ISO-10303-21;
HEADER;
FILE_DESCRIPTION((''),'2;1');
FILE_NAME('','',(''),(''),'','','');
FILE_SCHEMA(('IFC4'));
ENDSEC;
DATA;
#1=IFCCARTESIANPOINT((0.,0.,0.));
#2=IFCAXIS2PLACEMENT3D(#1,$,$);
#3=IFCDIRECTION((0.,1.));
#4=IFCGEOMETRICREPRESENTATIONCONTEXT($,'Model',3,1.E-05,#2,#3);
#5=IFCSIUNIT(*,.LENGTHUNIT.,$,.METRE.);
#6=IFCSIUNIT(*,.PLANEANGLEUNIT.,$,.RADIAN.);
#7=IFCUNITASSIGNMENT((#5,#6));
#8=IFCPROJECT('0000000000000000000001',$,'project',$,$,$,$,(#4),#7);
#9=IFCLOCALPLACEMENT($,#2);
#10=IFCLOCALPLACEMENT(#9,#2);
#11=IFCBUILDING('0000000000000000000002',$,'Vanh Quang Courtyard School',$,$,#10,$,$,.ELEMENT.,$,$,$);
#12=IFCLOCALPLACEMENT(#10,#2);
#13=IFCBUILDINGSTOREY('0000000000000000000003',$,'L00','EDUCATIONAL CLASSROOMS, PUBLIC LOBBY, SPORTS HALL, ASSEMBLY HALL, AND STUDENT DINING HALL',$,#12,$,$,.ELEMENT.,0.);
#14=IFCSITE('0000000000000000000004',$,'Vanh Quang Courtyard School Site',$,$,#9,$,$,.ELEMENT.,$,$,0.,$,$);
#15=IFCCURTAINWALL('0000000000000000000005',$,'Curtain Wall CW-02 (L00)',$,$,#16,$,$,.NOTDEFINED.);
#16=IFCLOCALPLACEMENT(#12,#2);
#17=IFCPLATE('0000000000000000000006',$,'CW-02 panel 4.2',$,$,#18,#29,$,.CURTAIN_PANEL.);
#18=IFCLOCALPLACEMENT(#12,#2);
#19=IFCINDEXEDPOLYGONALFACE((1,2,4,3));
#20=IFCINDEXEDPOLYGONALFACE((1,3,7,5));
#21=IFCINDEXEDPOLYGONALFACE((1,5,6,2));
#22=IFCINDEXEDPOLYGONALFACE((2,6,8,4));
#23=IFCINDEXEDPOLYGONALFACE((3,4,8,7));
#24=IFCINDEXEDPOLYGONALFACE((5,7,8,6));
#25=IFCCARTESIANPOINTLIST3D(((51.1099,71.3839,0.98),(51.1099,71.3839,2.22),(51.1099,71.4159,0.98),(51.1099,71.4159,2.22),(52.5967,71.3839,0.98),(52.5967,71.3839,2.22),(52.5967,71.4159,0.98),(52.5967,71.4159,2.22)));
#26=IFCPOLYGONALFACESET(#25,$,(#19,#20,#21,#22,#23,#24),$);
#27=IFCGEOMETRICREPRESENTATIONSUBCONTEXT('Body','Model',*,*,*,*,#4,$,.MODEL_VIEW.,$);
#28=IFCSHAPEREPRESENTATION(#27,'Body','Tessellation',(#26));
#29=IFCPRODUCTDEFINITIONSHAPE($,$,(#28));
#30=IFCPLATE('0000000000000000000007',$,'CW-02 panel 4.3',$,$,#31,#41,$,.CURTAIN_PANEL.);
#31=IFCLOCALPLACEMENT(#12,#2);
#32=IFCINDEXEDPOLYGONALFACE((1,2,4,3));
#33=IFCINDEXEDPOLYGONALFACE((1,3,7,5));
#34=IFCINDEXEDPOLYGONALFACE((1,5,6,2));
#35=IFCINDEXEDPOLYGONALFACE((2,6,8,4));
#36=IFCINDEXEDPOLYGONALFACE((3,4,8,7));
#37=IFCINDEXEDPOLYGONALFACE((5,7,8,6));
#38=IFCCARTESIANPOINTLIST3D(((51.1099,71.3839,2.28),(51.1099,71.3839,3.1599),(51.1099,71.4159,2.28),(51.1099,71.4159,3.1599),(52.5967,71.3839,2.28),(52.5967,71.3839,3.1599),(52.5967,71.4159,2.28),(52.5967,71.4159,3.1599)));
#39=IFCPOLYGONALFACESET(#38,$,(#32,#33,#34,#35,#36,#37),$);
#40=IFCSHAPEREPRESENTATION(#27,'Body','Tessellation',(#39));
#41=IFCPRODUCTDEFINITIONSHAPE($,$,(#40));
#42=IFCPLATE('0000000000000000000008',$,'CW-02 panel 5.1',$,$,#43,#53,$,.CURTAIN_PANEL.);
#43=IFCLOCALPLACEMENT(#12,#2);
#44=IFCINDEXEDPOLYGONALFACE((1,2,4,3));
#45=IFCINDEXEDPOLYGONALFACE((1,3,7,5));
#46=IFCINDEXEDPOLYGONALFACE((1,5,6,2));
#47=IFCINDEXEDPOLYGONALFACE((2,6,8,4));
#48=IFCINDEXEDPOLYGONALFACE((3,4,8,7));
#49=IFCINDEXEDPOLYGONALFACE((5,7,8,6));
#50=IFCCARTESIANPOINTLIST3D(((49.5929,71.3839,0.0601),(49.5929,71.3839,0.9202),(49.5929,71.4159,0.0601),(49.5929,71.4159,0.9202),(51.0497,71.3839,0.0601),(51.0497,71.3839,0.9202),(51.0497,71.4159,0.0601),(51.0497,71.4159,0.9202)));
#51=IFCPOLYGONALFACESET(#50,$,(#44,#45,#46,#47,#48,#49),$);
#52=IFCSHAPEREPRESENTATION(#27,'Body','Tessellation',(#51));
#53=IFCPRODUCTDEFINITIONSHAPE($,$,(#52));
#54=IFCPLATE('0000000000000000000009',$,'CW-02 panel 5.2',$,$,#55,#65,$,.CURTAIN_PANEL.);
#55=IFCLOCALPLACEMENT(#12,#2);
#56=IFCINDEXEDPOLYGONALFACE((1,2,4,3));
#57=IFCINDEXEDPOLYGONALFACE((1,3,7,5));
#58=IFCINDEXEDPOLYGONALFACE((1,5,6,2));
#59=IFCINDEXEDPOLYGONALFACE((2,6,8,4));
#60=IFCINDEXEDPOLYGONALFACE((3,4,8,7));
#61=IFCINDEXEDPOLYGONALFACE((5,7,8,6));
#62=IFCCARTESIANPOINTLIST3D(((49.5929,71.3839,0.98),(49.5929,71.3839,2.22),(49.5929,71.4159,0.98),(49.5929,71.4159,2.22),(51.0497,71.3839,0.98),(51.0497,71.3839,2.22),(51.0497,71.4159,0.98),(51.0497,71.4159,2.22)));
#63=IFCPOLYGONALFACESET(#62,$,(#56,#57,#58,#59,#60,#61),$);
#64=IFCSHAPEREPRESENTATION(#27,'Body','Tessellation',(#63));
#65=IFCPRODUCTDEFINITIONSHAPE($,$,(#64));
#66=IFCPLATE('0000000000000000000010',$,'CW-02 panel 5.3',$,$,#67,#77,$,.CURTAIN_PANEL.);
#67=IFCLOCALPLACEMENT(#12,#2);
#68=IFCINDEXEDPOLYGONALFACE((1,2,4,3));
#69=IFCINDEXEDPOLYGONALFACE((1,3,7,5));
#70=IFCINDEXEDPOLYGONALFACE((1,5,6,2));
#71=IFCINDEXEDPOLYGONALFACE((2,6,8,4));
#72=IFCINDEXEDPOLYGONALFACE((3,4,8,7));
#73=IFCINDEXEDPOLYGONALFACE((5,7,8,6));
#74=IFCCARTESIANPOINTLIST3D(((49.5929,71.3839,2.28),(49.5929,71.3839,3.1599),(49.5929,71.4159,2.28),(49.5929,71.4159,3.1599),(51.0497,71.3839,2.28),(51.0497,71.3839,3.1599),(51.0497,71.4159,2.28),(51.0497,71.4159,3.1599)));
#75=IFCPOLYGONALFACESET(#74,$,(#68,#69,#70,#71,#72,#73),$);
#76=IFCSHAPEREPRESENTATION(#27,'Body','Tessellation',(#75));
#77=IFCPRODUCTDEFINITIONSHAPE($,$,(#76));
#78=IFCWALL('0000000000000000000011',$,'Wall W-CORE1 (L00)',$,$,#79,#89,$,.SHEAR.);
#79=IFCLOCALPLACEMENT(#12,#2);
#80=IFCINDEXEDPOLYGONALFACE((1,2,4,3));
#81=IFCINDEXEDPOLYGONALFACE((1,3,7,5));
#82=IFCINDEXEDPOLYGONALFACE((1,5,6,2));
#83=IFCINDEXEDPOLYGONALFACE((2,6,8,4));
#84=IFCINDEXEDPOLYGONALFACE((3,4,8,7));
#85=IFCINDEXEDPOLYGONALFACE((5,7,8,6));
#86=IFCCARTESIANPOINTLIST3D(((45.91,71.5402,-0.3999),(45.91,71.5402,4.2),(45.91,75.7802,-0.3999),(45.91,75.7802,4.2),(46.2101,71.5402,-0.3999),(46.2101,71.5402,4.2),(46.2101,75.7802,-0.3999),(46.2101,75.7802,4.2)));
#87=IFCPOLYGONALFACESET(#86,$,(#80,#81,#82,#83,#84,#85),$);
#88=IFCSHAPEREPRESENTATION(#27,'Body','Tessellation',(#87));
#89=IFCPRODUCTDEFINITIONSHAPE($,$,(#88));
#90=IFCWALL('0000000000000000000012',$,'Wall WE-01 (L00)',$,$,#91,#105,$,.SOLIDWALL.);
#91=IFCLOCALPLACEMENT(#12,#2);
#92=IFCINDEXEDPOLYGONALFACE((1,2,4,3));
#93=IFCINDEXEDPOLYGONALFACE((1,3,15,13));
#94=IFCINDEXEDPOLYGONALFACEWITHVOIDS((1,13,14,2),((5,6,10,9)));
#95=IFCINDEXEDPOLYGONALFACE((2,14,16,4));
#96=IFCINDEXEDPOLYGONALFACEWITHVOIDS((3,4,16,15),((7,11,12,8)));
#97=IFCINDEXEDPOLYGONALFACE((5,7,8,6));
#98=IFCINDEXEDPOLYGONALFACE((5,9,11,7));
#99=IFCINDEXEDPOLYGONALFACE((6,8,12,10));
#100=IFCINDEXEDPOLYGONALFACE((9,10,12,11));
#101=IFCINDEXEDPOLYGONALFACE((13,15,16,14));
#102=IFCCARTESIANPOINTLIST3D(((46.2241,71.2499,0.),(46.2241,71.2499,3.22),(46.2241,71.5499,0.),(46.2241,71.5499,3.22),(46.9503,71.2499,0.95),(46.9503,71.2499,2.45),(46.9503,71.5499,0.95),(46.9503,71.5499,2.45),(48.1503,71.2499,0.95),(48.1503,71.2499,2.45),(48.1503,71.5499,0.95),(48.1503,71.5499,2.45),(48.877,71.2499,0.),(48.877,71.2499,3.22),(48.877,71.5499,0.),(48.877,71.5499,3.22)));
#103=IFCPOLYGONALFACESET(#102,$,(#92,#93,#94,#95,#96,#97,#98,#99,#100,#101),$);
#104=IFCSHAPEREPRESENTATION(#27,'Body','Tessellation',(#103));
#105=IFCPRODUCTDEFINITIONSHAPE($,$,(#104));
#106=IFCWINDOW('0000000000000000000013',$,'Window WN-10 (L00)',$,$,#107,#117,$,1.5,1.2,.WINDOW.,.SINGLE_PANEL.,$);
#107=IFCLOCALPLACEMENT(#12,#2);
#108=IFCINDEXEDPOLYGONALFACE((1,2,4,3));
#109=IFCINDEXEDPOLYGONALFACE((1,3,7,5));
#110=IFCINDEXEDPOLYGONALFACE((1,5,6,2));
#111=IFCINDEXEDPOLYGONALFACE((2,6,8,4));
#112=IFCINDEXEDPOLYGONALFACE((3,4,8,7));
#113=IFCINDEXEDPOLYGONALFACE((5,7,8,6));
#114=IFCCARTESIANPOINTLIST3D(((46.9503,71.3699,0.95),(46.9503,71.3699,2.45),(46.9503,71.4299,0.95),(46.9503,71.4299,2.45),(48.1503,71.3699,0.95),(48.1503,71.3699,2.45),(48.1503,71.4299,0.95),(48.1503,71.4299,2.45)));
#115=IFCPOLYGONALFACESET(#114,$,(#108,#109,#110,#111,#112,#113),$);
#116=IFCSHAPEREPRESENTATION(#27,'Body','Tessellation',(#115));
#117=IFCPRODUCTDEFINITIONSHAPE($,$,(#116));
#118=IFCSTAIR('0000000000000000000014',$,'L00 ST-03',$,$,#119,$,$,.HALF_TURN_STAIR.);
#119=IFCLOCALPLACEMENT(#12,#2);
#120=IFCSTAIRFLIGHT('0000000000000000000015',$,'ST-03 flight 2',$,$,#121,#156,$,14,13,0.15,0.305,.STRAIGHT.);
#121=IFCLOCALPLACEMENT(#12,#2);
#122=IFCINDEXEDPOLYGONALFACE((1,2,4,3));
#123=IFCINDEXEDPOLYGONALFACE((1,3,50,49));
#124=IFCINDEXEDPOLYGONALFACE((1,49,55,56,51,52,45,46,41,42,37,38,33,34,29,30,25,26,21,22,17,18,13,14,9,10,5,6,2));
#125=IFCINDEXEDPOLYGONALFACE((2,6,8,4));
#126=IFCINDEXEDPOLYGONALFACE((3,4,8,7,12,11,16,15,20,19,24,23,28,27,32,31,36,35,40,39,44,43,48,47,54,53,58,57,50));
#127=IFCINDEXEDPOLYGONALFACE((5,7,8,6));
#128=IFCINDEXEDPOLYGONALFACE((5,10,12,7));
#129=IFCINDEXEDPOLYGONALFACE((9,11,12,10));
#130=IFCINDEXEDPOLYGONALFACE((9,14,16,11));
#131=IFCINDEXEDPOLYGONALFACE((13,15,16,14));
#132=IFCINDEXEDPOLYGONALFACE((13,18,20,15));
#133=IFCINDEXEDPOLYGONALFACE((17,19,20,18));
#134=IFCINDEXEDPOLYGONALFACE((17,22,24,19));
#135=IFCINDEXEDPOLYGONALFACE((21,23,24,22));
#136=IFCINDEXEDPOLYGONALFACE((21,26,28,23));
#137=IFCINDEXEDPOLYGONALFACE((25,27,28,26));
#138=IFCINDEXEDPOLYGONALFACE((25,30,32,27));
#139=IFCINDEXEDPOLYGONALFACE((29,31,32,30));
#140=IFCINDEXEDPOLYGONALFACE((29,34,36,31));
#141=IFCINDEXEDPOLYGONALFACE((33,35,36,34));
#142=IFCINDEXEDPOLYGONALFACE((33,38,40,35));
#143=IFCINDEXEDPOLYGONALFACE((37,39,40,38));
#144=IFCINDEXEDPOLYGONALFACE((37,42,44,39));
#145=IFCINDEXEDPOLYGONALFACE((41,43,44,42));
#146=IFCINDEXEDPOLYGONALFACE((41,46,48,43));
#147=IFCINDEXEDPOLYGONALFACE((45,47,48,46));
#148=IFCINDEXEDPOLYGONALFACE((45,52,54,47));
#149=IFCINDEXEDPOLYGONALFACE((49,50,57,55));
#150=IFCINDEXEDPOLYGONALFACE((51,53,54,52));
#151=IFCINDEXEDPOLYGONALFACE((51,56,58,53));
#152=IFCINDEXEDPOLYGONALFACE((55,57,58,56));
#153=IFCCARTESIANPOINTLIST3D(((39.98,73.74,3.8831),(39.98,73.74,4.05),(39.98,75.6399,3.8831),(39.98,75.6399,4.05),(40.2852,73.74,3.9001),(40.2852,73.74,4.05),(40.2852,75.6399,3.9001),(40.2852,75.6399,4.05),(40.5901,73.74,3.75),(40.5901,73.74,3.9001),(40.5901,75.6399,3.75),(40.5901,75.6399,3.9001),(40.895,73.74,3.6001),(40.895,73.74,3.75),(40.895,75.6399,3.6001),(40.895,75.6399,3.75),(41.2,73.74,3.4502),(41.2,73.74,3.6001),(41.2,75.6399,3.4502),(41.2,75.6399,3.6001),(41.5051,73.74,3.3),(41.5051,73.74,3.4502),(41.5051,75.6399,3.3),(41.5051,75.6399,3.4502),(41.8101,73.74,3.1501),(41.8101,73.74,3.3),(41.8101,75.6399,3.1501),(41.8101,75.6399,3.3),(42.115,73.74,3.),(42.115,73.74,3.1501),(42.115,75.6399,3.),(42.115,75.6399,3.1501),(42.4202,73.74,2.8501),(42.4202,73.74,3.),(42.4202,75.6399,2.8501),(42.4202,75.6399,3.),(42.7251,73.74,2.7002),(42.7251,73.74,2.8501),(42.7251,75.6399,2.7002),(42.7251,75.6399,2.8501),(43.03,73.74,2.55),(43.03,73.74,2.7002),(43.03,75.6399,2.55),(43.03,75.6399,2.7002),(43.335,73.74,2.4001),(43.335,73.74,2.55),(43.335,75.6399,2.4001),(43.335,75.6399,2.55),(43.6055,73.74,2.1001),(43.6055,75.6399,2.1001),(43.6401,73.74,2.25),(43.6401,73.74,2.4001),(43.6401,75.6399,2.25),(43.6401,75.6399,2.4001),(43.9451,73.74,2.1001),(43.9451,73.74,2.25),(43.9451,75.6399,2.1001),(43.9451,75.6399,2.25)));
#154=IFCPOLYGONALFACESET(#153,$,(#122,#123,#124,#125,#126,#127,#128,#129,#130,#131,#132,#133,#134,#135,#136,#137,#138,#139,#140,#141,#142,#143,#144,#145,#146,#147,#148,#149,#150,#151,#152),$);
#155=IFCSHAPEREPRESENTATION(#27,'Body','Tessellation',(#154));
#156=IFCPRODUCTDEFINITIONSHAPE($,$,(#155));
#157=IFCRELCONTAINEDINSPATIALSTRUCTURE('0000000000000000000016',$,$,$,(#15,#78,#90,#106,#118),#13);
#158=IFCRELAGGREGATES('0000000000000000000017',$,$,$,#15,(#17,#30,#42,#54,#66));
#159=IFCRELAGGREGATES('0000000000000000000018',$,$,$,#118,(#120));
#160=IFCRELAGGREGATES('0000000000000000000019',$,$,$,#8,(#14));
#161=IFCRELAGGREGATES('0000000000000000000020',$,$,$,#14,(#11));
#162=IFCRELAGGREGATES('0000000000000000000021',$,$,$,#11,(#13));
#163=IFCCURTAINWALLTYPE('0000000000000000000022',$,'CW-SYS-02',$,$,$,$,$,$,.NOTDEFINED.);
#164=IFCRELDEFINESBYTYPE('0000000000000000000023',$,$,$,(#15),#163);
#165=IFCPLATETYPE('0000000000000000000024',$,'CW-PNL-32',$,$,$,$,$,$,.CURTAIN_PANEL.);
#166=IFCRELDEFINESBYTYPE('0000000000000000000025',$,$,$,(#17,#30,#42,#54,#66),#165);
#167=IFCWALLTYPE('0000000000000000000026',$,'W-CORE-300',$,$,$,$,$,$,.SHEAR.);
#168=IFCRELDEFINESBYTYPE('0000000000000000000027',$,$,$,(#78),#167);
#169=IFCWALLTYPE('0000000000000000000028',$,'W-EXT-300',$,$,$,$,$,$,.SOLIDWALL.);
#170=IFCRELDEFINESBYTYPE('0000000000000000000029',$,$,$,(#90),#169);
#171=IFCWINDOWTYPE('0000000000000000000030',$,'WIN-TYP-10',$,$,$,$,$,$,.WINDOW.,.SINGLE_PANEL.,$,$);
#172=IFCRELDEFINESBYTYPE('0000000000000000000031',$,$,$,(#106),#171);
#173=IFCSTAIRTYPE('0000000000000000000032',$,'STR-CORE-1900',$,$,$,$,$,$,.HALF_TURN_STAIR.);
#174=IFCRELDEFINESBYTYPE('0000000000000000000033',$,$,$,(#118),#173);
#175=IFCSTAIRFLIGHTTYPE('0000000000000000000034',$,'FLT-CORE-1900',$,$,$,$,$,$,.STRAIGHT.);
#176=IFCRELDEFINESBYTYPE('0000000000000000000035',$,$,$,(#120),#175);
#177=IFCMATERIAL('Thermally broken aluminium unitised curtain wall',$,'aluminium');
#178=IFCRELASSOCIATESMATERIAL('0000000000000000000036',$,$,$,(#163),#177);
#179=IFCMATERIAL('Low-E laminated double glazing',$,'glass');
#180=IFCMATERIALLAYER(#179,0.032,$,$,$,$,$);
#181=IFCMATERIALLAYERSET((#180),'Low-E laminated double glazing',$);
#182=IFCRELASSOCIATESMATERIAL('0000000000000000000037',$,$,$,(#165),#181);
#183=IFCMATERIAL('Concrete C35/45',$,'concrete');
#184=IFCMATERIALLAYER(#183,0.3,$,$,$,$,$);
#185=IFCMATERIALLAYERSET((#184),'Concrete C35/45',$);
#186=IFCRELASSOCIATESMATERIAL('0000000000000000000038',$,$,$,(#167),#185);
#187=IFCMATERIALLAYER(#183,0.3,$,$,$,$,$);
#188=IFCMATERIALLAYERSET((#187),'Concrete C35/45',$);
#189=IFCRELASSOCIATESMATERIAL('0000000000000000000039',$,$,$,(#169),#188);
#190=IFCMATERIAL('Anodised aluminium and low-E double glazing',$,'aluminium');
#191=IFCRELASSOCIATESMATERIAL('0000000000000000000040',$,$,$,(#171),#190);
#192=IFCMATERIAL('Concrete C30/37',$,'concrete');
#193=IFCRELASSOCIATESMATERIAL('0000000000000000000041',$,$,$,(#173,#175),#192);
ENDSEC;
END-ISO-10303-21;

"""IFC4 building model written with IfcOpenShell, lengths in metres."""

from ifc_helpers import new_model, si_unit, direction, frame, frame_2d, origin, origin_2d, place, context, subcontext, project, spatial, polyline, rectangle, outline, extrude, material, layer, layer_set, type_object, element, fill, aggregate, save


model = new_model("IFC4")

# Units and contexts
model_context = context("Model", 3, precision=1e-05, world=origin(), true_north=direction((0.0, 1.0)))
body_context = subcontext(model_context, "Body", "Model", "MODEL_VIEW")
ifc_project = project(units=[si_unit("LENGTHUNIT", "METRE"), si_unit("PLANEANGLEUNIT", "RADIAN")], contexts=[model_context])

# Site, building, storey
site_placement = place(None, origin())
site = spatial("IfcSite", under=ifc_project, at=site_placement, Name="Vanh Quang Courtyard School Site", CompositionType="ELEMENT", RefElevation=0.0)
building_placement = place(site_placement, origin())
building = spatial("IfcBuilding", under=site, at=building_placement, Name="Vanh Quang Courtyard School", CompositionType="ELEMENT")
storey_placement = place(building_placement, origin())
storey = spatial("IfcBuildingStorey", under=building, at=storey_placement, Name="L00", Description="EDUCATIONAL CLASSROOMS, PUBLIC LOBBY, SPORTS HALL, ASSEMBLY HALL, AND STUDENT DINING HALL", CompositionType="ELEMENT", Elevation=0.0)

# Shared definitions
ifc_material_1 = material(Name="Concrete C35/45", Category="concrete")

# Shared definitions
ifc_material_2 = material(Name="Concrete C30/37", Category="concrete")

# Curtain wall, plates
ifc_material_3 = material(Name="Thermally broken aluminium unitised curtain wall", Category="aluminium")
curtain_wall_type = type_object("IfcCurtainWallType", Name="CW-SYS-02", PredefinedType="NOTDEFINED", material=ifc_material_3)
curtain_wall_placement = place(storey_placement, origin())
curtain_wall = element("IfcCurtainWall", 1, at=curtain_wall_placement, inside=storey, type_object=curtain_wall_type, Name="Curtain Wall CW-02 (L00)", PredefinedType="NOTDEFINED")
ifc_material_4 = material(Name="Low-E laminated double glazing", Category="glass")
ifc_layer_1 = layer(ifc_material_4, 0.032)
ifc_layer_set_1 = layer_set([ifc_layer_1], Name="Low-E laminated double glazing")
plate_type = type_object("IfcPlateType", Name="CW-PNL-32", PredefinedType="CURTAIN_PANEL", material=ifc_layer_set_1)
plate_1_placement = place(storey_placement, frame((51.8533, 71.3999, 0.98), z_axis=(0.0, 0.0, 1.0), x_axis=(-1.0, 0.0, 0.0)))
plate_1 = element("IfcPlate", 2, at=plate_1_placement, type_object=plate_type, Name="CW-02 panel 4.2", PredefinedType="CURTAIN_PANEL", context=body_context, shape_type="SweptSolid", body=[
    extrude(rectangle(XDim=1.4868, YDim=0.032, at=origin_2d()), origin(), (0.0, 0.0, 1.0), 1.24),
])
plate_2_placement = place(storey_placement, frame((51.8533, 71.3999, 2.28), z_axis=(0.0, 0.0, 1.0), x_axis=(-1.0, 0.0, 0.0)))
plate_2 = element("IfcPlate", 3, at=plate_2_placement, type_object=plate_type, Name="CW-02 panel 4.3", PredefinedType="CURTAIN_PANEL", context=body_context, shape_type="SweptSolid", body=[
    extrude(rectangle(XDim=1.4868, YDim=0.032, at=origin_2d()), origin(), (0.0, 0.0, 1.0), 0.8799),
])
plate_3_placement = place(storey_placement, frame((50.3213, 71.3999, 0.0601), z_axis=(0.0, 0.0, 1.0), x_axis=(-1.0, 0.0, 0.0)))
plate_3 = element("IfcPlate", 4, at=plate_3_placement, type_object=plate_type, Name="CW-02 panel 5.1", PredefinedType="CURTAIN_PANEL", context=body_context, shape_type="SweptSolid", body=[
    extrude(rectangle(XDim=1.4568, YDim=0.032, at=origin_2d()), origin(), (0.0, 0.0, 1.0), 0.8601),
])
plate_4_placement = place(storey_placement, frame((50.3213, 71.3999, 0.98), z_axis=(0.0, 0.0, 1.0), x_axis=(-1.0, 0.0, 0.0)))
plate_4 = element("IfcPlate", 5, at=plate_4_placement, type_object=plate_type, Name="CW-02 panel 5.2", PredefinedType="CURTAIN_PANEL", context=body_context, shape_type="SweptSolid", body=[
    extrude(rectangle(XDim=1.4568, YDim=0.032, at=origin_2d()), origin(), (0.0, 0.0, 1.0), 1.24),
])
plate_5_placement = place(storey_placement, frame((50.3213, 71.3999, 2.28), z_axis=(0.0, 0.0, 1.0), x_axis=(-1.0, 0.0, 0.0)))
plate_5 = element("IfcPlate", 6, at=plate_5_placement, type_object=plate_type, Name="CW-02 panel 5.3", PredefinedType="CURTAIN_PANEL", context=body_context, shape_type="SweptSolid", body=[
    extrude(rectangle(XDim=1.4568, YDim=0.032, at=origin_2d()), origin(), (0.0, 0.0, 1.0), 0.8799),
])
aggregate(curtain_wall, [plate_1, plate_2, plate_3, plate_4, plate_5])

# Wall
ifc_layer_2 = layer(ifc_material_1, 0.3)
ifc_layer_set_2 = layer_set([ifc_layer_2], Name="Concrete C35/45")
wall_type_1 = type_object("IfcWallType", Name="W-CORE-300", PredefinedType="SHEAR", material=ifc_layer_set_2)
wall_1_placement = place(storey_placement, frame((46.0601, 71.54, -0.3999), z_axis=(0.0, 0.0, 1.0), x_axis=(0.0, 1.0, 0.0)))
element("IfcWall", 7, at=wall_1_placement, inside=storey, type_object=wall_type_1, Name="Wall W-CORE1 (L00)", PredefinedType="SHEAR", context=body_context, shape_type="SweptSolid", body=[
    extrude(rectangle(XDim=4.24, YDim=0.3, at=frame_2d((2.1201, 0.0))), origin(), (0.0, 0.0, 1.0), 4.5999),
])

# Wall, opening, window
ifc_layer_3 = layer(ifc_material_1, 0.3)
ifc_layer_set_3 = layer_set([ifc_layer_3], Name="Concrete C35/45")
wall_type_2 = type_object("IfcWallType", Name="W-EXT-300", PredefinedType="SOLIDWALL", material=ifc_layer_set_3)
wall_2_placement = place(storey_placement, frame((48.877, 71.3999, 0.0), z_axis=(0.0, 0.0, 1.0), x_axis=(-1.0, 0.0, 0.0)))
wall_2 = element("IfcWall", 8, at=wall_2_placement, inside=storey, type_object=wall_type_2, Name="Wall WE-01 (L00)", PredefinedType="SOLIDWALL", context=body_context, shape_type="SweptSolid", body=[
    extrude(rectangle(XDim=2.6528, YDim=0.3, at=frame_2d((1.3264, 0.0))), origin(), (0.0, 0.0, 1.0), 3.22),
])
opening_placement = place(wall_2_placement, frame((0.7266, 0.0, 0.95)))
opening = element("IfcOpeningElement", 9, at=opening_placement, cuts=wall_2, PredefinedType="OPENING", context=body_context, shape_type="SweptSolid", body=[
    extrude(rectangle(XDim=1.2, YDim=1.5, at=frame_2d((0.6001, 0.75))), frame((0.0, 0.1602, 0.0), z_axis=(0.0, -1.0, 0.0), x_axis=(1.0, 0.0, 0.0)), (0.0, 0.0, 1.0), 0.3201),
])
ifc_material_5 = material(Name="Anodised aluminium and low-E double glazing", Category="aluminium")
window_type = type_object("IfcWindowType", Name="WIN-TYP-10", PartitioningType="SINGLE_PANEL", PredefinedType="WINDOW", material=ifc_material_5)
window_placement = place(opening_placement, origin())
window = element("IfcWindow", 10, at=window_placement, inside=storey, type_object=window_type, Name="Window WN-10 (L00)", OverallHeight=1.5, OverallWidth=1.2, PartitioningType="SINGLE_PANEL", PredefinedType="WINDOW", context=body_context, shape_type="SweptSolid", body=[
    extrude(rectangle(XDim=1.2, YDim=1.5, at=frame_2d((0.6001, 0.75))), frame((0.0, 0.03, 0.0), z_axis=(0.0, -1.0, 0.0), x_axis=(1.0, 0.0, 0.0)), (0.0, 0.0, 1.0), 0.0601),
])
fill(opening, window)

# Stair, stair flight
stair_type = type_object("IfcStairType", Name="STR-CORE-1900", PredefinedType="HALF_TURN_STAIR", material=ifc_material_2)
stair_placement = place(storey_placement, origin())
stair = element("IfcStair", 11, at=stair_placement, inside=storey, type_object=stair_type, Name="L00 ST-03", PredefinedType="HALF_TURN_STAIR")
stair_flight_type = type_object("IfcStairFlightType", Name="FLT-CORE-1900", PredefinedType="STRAIGHT", material=ifc_material_2)
stair_flight_placement = place(storey_placement, frame((43.9451, 74.6899, 2.1001), z_axis=(0.0, 0.0, 1.0), x_axis=(-1.0, 0.0, 0.0)))
stair_flight = element("IfcStairFlight", 12, at=stair_flight_placement, type_object=stair_flight_type, Name="ST-03 flight 2", NumberOfRisers=14, NumberOfTreads=13, PredefinedType="STRAIGHT", RiserHeight=0.15, TreadLength=0.305, context=body_context, shape_type="SweptSolid", body=[
    extrude(outline(polyline([(0.0, 0.0), (0.0, 0.1499), (0.3049, 0.1499), (0.3049, 0.3), (0.6101, 0.3), (0.6101, 0.45), (0.915, 0.45), (0.915, 0.6001), (1.22, 0.6001), (1.22, 0.75), (1.5249, 0.75), (1.5249, 0.8999), (1.8301, 0.8999), (1.8301, 1.05), (2.135, 1.05), (2.135, 1.2), (2.4399, 1.2), (2.4399, 1.3501), (2.7451, 1.3501), (2.7451, 1.5), (3.05, 1.5), (3.05, 1.6499), (3.355, 1.6499), (3.355, 1.8), (3.6599, 1.8), (3.6599, 1.95), (3.9651, 1.95), (3.9651, 2.1001), (3.9651, 1.783), (0.3396, 0.0), (0.0, 0.0)])), frame((0.0, 0.95, 0.0), z_axis=(0.0, -1.0, 0.0), x_axis=(1.0, 0.0, 0.0)), (0.0, 0.0, 1.0), 1.8999),
])
aggregate(stair, [stair_flight])

save(model, "model.ifc")
